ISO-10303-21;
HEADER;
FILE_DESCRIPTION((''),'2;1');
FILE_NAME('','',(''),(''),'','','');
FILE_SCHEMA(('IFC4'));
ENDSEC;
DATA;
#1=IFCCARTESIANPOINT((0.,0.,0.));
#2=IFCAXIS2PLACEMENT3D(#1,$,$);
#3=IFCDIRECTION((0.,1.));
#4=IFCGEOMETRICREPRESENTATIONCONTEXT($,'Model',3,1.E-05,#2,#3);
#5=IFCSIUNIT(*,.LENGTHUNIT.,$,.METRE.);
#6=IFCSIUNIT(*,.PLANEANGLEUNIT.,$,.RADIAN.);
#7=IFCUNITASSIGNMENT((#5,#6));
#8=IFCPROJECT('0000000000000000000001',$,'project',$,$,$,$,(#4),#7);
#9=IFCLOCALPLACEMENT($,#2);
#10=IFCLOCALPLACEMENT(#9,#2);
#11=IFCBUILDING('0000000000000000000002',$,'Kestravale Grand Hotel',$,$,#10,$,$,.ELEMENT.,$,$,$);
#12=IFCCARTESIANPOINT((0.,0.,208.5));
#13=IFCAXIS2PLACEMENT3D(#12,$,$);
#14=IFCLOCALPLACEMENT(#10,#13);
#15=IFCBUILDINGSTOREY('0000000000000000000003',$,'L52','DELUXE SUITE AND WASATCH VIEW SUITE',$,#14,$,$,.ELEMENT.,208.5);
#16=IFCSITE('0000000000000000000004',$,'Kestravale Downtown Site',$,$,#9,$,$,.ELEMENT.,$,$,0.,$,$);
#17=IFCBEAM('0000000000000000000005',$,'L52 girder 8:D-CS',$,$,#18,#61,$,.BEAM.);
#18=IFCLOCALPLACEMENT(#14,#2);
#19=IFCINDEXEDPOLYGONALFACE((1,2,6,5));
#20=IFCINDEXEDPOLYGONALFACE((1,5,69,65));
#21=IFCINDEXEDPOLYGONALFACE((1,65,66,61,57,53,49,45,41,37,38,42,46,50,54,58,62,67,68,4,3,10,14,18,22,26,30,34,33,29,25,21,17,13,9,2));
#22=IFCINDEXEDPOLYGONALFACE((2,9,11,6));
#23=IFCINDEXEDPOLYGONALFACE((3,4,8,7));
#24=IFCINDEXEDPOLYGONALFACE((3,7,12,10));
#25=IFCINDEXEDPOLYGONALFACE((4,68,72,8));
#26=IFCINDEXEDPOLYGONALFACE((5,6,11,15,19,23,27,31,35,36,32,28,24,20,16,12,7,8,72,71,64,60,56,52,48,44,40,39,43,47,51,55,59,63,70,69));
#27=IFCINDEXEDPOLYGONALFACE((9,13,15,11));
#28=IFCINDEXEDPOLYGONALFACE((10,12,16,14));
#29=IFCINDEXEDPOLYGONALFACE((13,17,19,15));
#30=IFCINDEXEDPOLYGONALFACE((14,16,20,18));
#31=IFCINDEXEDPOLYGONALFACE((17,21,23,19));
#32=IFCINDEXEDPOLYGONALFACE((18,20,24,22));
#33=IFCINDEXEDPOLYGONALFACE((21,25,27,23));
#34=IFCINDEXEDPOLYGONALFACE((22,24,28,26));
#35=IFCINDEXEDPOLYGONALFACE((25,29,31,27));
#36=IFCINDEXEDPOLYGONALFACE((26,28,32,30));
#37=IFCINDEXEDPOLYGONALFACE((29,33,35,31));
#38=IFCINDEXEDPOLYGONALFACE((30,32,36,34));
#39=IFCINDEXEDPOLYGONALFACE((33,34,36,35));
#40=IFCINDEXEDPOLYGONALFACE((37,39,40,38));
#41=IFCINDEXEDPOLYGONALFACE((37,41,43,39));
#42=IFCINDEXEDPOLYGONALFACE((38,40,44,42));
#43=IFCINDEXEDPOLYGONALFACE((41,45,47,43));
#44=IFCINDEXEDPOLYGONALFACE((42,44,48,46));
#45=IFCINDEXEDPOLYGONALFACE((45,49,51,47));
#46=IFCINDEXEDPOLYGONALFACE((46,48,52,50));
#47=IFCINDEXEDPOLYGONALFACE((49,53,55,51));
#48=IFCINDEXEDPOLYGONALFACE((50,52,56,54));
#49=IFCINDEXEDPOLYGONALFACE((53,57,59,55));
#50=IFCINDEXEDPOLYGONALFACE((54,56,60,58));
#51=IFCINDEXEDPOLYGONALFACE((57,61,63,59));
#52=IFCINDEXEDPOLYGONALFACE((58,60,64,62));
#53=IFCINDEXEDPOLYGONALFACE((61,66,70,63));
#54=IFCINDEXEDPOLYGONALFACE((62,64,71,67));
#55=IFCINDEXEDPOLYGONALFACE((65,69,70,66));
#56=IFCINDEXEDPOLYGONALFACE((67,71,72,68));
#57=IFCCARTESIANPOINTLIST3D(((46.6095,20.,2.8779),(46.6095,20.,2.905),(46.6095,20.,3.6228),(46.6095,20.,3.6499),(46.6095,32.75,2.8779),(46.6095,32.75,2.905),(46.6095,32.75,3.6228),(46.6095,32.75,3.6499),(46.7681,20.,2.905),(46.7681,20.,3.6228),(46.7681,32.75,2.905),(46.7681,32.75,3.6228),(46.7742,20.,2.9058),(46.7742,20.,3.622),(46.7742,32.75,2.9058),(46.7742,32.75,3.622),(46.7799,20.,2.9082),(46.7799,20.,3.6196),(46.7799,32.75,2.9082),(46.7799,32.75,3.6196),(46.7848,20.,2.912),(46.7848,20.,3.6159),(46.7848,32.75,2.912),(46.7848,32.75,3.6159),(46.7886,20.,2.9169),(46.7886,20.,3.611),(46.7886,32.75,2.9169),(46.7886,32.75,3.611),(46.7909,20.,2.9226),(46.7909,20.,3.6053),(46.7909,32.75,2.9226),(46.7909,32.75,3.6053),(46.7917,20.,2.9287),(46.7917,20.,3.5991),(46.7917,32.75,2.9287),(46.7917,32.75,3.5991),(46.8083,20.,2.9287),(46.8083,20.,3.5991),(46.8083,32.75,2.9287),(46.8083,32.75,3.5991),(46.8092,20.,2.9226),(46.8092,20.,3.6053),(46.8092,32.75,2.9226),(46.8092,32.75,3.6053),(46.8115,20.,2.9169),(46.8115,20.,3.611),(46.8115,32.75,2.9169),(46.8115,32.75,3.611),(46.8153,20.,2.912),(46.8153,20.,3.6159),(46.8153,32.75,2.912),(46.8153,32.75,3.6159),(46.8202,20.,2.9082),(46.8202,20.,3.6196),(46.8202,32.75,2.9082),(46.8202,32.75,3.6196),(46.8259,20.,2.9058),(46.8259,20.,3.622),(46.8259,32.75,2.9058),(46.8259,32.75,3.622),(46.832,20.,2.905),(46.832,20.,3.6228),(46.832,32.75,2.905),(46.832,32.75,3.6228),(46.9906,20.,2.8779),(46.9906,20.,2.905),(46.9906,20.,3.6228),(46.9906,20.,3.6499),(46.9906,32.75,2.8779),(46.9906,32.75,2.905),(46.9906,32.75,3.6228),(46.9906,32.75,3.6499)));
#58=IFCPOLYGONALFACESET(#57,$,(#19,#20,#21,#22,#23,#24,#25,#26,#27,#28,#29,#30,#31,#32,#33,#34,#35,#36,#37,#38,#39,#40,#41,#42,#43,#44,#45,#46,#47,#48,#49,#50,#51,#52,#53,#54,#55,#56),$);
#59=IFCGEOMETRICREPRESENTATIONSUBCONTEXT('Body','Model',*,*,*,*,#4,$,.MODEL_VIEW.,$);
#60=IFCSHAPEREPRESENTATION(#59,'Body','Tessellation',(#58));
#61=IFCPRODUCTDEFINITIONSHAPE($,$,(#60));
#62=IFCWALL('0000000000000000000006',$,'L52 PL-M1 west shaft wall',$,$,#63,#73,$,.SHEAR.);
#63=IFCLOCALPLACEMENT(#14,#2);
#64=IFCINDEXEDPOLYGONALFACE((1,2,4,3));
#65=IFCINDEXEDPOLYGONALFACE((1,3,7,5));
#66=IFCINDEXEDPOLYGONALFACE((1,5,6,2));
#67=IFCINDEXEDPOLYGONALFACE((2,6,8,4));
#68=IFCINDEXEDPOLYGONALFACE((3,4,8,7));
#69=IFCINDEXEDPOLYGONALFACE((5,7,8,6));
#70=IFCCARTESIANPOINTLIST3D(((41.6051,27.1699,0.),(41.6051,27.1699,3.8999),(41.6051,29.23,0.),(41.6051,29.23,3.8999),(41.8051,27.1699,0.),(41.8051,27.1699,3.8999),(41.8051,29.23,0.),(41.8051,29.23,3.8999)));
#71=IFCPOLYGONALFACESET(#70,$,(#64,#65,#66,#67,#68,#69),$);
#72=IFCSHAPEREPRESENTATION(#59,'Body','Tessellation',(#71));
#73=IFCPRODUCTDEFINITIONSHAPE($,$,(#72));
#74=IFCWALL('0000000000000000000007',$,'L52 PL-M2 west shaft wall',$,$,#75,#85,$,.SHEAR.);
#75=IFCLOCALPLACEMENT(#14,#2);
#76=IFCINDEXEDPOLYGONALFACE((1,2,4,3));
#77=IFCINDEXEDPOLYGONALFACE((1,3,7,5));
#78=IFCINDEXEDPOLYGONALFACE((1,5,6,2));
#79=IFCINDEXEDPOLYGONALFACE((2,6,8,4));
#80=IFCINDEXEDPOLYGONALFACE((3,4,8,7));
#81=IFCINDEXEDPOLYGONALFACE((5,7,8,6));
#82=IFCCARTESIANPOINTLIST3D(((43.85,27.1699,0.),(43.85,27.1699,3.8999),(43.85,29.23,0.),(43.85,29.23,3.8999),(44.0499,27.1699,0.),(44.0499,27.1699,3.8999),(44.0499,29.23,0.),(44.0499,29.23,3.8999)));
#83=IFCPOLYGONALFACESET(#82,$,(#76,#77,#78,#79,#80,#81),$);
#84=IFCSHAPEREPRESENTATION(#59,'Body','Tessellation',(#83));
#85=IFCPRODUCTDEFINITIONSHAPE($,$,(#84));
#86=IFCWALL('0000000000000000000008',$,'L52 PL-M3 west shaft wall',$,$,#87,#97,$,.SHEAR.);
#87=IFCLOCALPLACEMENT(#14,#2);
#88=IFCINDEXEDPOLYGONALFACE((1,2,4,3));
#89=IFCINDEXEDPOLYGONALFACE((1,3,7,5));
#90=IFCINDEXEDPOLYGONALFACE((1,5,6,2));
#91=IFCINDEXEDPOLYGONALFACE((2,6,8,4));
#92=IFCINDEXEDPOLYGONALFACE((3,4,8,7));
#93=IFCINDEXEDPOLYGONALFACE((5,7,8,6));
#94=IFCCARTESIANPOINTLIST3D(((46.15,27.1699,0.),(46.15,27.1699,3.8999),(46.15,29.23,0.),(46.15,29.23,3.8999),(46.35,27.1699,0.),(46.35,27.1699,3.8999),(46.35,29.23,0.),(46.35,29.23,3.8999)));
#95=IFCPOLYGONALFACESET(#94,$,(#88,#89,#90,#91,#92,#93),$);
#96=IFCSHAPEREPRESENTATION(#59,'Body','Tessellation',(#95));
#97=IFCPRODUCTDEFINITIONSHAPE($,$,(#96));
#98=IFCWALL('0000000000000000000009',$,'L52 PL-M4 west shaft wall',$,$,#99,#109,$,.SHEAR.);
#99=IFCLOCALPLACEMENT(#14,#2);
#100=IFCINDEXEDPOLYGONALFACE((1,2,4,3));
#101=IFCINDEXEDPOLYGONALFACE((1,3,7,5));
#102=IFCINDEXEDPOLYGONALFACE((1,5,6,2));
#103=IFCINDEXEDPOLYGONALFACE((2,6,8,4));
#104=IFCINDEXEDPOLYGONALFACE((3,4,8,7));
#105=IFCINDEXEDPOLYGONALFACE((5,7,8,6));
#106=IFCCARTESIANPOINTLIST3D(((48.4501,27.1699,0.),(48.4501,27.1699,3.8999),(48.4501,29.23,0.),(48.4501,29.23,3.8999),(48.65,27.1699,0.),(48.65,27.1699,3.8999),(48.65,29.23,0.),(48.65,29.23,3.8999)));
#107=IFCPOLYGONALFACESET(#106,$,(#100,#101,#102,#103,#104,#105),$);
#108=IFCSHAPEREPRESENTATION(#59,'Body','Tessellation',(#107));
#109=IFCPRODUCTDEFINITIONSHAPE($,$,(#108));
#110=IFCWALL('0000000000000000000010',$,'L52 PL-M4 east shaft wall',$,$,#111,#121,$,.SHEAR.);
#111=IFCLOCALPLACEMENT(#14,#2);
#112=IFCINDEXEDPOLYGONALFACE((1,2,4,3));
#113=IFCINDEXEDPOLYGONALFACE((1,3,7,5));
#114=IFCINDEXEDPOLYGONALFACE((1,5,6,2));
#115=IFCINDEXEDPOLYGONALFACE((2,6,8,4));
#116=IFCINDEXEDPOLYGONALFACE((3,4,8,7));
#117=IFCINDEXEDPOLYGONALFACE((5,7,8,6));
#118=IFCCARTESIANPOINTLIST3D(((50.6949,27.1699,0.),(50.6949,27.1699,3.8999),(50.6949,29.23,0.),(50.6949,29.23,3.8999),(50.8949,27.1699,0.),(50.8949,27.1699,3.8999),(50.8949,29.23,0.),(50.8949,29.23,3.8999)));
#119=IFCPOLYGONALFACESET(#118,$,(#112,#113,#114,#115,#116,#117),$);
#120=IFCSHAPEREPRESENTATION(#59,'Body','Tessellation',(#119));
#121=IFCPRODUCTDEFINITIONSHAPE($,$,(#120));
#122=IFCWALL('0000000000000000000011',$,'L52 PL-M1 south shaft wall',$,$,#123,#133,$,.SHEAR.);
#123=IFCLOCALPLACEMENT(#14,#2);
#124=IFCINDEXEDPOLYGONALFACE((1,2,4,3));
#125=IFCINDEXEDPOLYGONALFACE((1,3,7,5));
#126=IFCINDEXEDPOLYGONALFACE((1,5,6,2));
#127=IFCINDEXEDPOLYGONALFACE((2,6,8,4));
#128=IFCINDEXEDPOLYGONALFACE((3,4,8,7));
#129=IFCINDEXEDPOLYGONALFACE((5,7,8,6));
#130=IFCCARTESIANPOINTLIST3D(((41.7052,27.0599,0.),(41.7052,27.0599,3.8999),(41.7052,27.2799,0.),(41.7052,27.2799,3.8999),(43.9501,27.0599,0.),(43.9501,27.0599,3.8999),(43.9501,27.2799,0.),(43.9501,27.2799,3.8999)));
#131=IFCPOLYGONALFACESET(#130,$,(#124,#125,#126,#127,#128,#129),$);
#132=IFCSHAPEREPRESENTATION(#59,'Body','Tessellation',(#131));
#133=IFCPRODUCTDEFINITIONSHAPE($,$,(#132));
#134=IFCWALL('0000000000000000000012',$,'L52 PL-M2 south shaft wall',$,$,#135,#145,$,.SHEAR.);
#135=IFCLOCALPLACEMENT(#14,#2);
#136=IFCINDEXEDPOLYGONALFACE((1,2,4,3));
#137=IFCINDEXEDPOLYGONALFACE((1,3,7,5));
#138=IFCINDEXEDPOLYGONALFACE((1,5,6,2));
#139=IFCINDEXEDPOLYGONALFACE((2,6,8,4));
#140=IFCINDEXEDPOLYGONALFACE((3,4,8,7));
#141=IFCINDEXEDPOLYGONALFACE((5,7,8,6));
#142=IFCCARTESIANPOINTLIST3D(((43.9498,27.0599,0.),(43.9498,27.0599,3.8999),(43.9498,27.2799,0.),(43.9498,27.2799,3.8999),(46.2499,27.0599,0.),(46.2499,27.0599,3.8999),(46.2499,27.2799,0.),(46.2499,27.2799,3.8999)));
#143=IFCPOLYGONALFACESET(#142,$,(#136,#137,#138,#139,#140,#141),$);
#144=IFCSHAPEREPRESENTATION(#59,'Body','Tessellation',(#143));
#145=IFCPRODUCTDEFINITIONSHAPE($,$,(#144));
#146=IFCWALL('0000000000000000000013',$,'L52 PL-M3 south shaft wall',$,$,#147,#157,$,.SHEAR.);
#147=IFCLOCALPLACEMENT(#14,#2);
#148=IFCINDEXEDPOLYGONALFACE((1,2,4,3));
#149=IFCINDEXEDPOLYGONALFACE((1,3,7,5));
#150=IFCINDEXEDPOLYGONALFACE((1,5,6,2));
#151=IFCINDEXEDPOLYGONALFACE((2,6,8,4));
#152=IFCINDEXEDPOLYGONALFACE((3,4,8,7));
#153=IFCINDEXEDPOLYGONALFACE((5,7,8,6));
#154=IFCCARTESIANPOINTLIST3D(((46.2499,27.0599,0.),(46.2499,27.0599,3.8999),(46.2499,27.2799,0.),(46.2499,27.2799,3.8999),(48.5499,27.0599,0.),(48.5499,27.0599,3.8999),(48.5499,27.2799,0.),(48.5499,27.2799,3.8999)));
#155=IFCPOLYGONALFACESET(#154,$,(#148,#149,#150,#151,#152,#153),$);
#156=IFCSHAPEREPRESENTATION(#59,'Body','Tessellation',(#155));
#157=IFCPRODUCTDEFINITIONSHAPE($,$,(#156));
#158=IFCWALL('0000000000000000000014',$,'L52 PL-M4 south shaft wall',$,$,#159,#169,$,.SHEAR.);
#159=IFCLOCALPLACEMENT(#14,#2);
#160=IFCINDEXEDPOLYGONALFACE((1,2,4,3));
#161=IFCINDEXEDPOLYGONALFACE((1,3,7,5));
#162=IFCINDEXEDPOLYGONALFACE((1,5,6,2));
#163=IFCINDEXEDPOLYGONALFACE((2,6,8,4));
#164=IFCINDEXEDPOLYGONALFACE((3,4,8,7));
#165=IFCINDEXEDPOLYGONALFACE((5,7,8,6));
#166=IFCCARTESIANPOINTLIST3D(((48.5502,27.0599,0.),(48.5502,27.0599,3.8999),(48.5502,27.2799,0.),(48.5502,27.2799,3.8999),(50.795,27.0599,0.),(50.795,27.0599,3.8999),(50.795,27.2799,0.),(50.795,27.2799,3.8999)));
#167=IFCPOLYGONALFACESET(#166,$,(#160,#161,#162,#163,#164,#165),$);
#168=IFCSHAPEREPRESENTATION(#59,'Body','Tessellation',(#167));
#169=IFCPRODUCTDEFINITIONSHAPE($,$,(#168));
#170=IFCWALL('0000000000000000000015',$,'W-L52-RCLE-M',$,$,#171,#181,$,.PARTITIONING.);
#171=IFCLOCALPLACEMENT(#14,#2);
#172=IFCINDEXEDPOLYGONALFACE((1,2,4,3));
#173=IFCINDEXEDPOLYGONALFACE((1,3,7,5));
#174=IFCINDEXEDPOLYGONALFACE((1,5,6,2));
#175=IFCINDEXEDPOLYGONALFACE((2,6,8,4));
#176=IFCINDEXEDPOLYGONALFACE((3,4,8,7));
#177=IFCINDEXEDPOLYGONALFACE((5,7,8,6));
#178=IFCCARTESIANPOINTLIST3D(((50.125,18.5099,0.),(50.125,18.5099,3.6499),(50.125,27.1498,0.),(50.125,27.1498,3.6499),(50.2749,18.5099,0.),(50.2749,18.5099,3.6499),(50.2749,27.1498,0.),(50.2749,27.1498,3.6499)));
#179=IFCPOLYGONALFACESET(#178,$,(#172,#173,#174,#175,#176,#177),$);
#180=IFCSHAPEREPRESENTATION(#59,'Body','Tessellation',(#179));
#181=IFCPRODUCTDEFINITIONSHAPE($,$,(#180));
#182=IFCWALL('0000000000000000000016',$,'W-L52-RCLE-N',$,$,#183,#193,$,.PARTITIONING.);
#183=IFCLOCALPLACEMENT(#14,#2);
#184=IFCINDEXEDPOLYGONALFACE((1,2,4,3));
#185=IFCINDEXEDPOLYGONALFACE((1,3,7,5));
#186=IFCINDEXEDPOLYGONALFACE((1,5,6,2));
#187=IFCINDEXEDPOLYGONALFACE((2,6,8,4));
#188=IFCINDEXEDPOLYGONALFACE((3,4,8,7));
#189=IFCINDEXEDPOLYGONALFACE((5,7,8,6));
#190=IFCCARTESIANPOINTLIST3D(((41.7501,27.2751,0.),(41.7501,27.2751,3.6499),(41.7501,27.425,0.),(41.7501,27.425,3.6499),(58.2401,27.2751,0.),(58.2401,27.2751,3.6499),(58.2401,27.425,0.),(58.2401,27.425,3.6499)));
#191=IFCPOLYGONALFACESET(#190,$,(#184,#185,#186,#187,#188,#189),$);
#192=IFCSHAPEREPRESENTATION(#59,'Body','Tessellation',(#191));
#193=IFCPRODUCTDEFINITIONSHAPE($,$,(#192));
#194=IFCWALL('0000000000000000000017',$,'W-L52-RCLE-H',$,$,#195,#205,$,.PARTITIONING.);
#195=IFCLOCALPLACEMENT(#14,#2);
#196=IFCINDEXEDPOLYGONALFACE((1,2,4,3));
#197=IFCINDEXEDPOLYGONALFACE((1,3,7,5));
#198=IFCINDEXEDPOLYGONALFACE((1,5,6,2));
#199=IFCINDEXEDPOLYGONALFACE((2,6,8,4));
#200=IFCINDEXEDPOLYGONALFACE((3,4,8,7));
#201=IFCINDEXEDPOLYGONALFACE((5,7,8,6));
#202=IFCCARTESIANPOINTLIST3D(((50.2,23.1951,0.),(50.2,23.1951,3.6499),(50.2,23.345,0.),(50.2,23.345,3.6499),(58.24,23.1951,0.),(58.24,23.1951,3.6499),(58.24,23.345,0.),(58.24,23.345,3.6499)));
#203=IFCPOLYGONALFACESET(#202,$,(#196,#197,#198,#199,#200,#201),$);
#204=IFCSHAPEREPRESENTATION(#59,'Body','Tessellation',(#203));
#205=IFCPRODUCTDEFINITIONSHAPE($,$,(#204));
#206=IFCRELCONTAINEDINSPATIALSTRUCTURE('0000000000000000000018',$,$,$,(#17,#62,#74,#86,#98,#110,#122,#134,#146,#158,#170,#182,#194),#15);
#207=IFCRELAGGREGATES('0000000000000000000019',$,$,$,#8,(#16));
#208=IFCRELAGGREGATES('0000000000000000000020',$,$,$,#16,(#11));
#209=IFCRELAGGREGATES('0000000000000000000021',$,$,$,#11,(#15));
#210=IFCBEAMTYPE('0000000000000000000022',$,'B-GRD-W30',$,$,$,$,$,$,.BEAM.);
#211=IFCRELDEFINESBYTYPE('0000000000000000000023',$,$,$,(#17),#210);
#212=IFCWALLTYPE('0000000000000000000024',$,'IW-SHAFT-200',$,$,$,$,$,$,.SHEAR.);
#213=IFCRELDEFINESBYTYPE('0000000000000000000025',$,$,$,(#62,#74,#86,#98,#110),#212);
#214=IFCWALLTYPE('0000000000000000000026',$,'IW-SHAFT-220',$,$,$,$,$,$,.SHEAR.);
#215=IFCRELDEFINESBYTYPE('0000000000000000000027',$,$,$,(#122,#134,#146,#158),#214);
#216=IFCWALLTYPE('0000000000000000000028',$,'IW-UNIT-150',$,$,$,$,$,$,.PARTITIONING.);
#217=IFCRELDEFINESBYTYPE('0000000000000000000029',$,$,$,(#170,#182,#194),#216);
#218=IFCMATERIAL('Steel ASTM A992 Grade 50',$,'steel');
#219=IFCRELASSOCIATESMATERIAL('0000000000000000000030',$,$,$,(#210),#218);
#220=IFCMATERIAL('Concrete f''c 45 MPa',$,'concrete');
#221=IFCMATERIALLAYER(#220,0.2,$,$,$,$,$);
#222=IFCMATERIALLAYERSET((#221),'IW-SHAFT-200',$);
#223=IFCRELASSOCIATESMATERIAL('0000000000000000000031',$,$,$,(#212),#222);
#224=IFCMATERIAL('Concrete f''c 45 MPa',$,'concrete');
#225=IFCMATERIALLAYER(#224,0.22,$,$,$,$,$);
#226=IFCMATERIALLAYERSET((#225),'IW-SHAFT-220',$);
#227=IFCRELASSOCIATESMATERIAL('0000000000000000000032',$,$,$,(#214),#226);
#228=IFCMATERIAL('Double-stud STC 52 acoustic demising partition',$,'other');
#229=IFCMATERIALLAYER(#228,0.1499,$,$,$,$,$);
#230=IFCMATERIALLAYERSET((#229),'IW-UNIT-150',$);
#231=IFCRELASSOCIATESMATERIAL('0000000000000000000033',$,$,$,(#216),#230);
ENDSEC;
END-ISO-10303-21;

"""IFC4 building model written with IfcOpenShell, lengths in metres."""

from ifc_helpers import new_model, si_unit, direction, frame, frame_2d, origin, origin_2d, place, context, subcontext, project, spatial, rectangle, i_section, extrude, material, layer, layer_set, material_profile, profile_set, type_object, element, save


model = new_model("IFC4")

# Units and contexts
model_context = context("Model", 3, precision=1e-05, world=origin(), true_north=direction((0.0, 1.0)))
body_context = subcontext(model_context, "Body", "Model", "MODEL_VIEW")
ifc_project = project(units=[si_unit("LENGTHUNIT", "METRE"), si_unit("PLANEANGLEUNIT", "RADIAN")], contexts=[model_context])

# Site, building, storey
site_placement = place(None, origin())
site = spatial("IfcSite", under=ifc_project, at=site_placement, Name="Kestravale Downtown Site", CompositionType="ELEMENT", RefElevation=0.0)
building_placement = place(site_placement, origin())
building = spatial("IfcBuilding", under=site, at=building_placement, Name="Kestravale Grand Hotel", CompositionType="ELEMENT")
storey_placement = place(building_placement, frame((0.0, 0.0, 208.5)))
storey = spatial("IfcBuildingStorey", under=building, at=storey_placement, Name="L52", Description="DELUXE SUITE AND WASATCH VIEW SUITE", CompositionType="ELEMENT", Elevation=208.5)

# Beam
ifc_material_1 = material(Name="Steel ASTM A992 Grade 50", Category="steel")
ifc_material_profile_1 = material_profile(ifc_material_1, i_section(OverallWidth=0.3811, OverallDepth=0.772, WebThickness=0.0166, FlangeThickness=0.0271, FilletRadius=0.0237, at=origin_2d()))
ifc_profile_set_1 = profile_set([ifc_material_profile_1], Name="Steel ASTM A992 Grade 50")
beam_type = type_object("IfcBeamType", Name="B-GRD-W30", PredefinedType="BEAM", material=ifc_profile_set_1)
beam_1_placement = place(storey_placement, frame((46.8, 20.0, 3.2639), z_axis=(0.0, 1.0, 0.0), x_axis=(-1.0, 0.0, 0.0)))
element("IfcBeam", 1, at=beam_1_placement, inside=storey, type_object=beam_type, Name="L52 girder 8:D-CS", PredefinedType="BEAM", context=body_context, shape_type="SweptSolid", body=[
    extrude(i_section(OverallWidth=0.3811, OverallDepth=0.772, WebThickness=0.0166, FlangeThickness=0.0271, FilletRadius=0.0237, at=origin_2d()), origin(), (0.0, 0.0, 1.0), 12.75),
])

# Walls
ifc_material_2 = material(Name="Concrete f'c 45 MPa", Category="concrete")
ifc_layer_1 = layer(ifc_material_2, 0.2)
ifc_layer_set_1 = layer_set([ifc_layer_1], Name="IW-SHAFT-200")
wall_type_1 = type_object("IfcWallType", Name="IW-SHAFT-200", PredefinedType="SHEAR", material=ifc_layer_set_1)
for number, where, z_axis, x_axis, name in (
    (2, (41.7051, 27.1699, 0.0), (0.0, 0.0, 1.0), (0.0, 1.0, 0.0), "L52 PL-M1 west shaft wall"),
    (3, (43.95, 27.1699, 0.0), (0.0, 0.0, 1.0), (0.0, 1.0, 0.0), "L52 PL-M2 west shaft wall"),
    (4, (46.25, 27.1699, 0.0), (0.0, 0.0, 1.0), (0.0, 1.0, 0.0), "L52 PL-M3 west shaft wall"),
    (5, (48.55, 27.1699, 0.0), (0.0, 0.0, 1.0), (0.0, 1.0, 0.0), "L52 PL-M4 west shaft wall"),
    (6, (50.7949, 27.1699, 0.0), (0.0, 0.0, 1.0), (0.0, 1.0, 0.0), "L52 PL-M4 east shaft wall"),
):
    element("IfcWall", number, at=place(storey_placement, frame(where, z_axis=z_axis, x_axis=x_axis)), inside=storey, type_object=wall_type_1, Name=name, PredefinedType="SHEAR", context=body_context, shape_type="SweptSolid", body=[
        extrude(rectangle(XDim=2.0601, YDim=0.2, at=frame_2d((1.03, 0.0))), origin(), (0.0, 0.0, 1.0), 3.8999),
    ])

# Shared definitions
ifc_material_3 = material(Name="Concrete f'c 45 MPa", Category="concrete")
ifc_layer_2 = layer(ifc_material_3, 0.22)
ifc_layer_set_2 = layer_set([ifc_layer_2], Name="IW-SHAFT-220")
wall_type_2 = type_object("IfcWallType", Name="IW-SHAFT-220", PredefinedType="SHEAR", material=ifc_layer_set_2)

# Walls
wall_1_placement = place(storey_placement, frame((41.7051, 27.1699, 0.0), z_axis=(0.0, 0.0, 1.0), x_axis=(1.0, 0.0, 0.0)))
element("IfcWall", 7, at=wall_1_placement, inside=storey, type_object=wall_type_2, Name="L52 PL-M1 south shaft wall", PredefinedType="SHEAR", context=body_context, shape_type="SweptSolid", body=[
    extrude(rectangle(XDim=2.2449, YDim=0.22, at=frame_2d((1.1226, 0.0))), origin(), (0.0, 0.0, 1.0), 3.8999),
])
for number, where, z_axis, x_axis, name in (
    (8, (43.95, 27.1699, 0.0), (0.0, 0.0, 1.0), (1.0, 0.0, 0.0), "L52 PL-M2 south shaft wall"),
    (9, (46.25, 27.1699, 0.0), (0.0, 0.0, 1.0), (1.0, 0.0, 0.0), "L52 PL-M3 south shaft wall"),
):
    element("IfcWall", number, at=place(storey_placement, frame(where, z_axis=z_axis, x_axis=x_axis)), inside=storey, type_object=wall_type_2, Name=name, PredefinedType="SHEAR", context=body_context, shape_type="SweptSolid", body=[
        extrude(rectangle(XDim=2.3, YDim=0.22, at=frame_2d((1.1499, 0.0))), origin(), (0.0, 0.0, 1.0), 3.8999),
    ])
wall_2_placement = place(storey_placement, frame((48.55, 27.1699, 0.0), z_axis=(0.0, 0.0, 1.0), x_axis=(1.0, 0.0, 0.0)))
element("IfcWall", 10, at=wall_2_placement, inside=storey, type_object=wall_type_2, Name="L52 PL-M4 south shaft wall", PredefinedType="SHEAR", context=body_context, shape_type="SweptSolid", body=[
    extrude(rectangle(XDim=2.2449, YDim=0.22, at=frame_2d((1.1226, 0.0))), origin(), (0.0, 0.0, 1.0), 3.8999),
])
ifc_material_4 = material(Name="Double-stud STC 52 acoustic demising partition", Category="other")
ifc_layer_3 = layer(ifc_material_4, 0.1499)
ifc_layer_set_3 = layer_set([ifc_layer_3], Name="IW-UNIT-150")
wall_type_3 = type_object("IfcWallType", Name="IW-UNIT-150", PredefinedType="PARTITIONING", material=ifc_layer_set_3)
wall_3_placement = place(storey_placement, frame((50.2, 18.51, 0.0), z_axis=(0.0, 0.0, 1.0), x_axis=(0.0, 1.0, 0.0)))
element("IfcWall", 11, at=wall_3_placement, inside=storey, type_object=wall_type_3, Name="W-L52-RCLE-M", PredefinedType="PARTITIONING", context=body_context, shape_type="SweptSolid", body=[
    extrude(rectangle(XDim=8.6399, YDim=0.1499, at=frame_2d((4.3198, 0.0))), origin(), (0.0, 0.0, 1.0), 3.6499),
])
wall_4_placement = place(storey_placement, frame((41.75, 27.3501, 0.0), z_axis=(0.0, 0.0, 1.0), x_axis=(1.0, 0.0, 0.0)))
element("IfcWall", 12, at=wall_4_placement, inside=storey, type_object=wall_type_3, Name="W-L52-RCLE-N", PredefinedType="PARTITIONING", context=body_context, shape_type="SweptSolid", body=[
    extrude(rectangle(XDim=16.49, YDim=0.1499, at=frame_2d((8.2451, 0.0))), origin(), (0.0, 0.0, 1.0), 3.6499),
])
wall_5_placement = place(storey_placement, frame((50.2, 23.27, 0.0), z_axis=(0.0, 0.0, 1.0), x_axis=(1.0, 0.0, 0.0)))
element("IfcWall", 13, at=wall_5_placement, inside=storey, type_object=wall_type_3, Name="W-L52-RCLE-H", PredefinedType="PARTITIONING", context=body_context, shape_type="SweptSolid", body=[
    extrude(rectangle(XDim=8.04, YDim=0.1499, at=frame_2d((4.02, 0.0))), origin(), (0.0, 0.0, 1.0), 3.6499),
])

save(model, "model.ifc")
